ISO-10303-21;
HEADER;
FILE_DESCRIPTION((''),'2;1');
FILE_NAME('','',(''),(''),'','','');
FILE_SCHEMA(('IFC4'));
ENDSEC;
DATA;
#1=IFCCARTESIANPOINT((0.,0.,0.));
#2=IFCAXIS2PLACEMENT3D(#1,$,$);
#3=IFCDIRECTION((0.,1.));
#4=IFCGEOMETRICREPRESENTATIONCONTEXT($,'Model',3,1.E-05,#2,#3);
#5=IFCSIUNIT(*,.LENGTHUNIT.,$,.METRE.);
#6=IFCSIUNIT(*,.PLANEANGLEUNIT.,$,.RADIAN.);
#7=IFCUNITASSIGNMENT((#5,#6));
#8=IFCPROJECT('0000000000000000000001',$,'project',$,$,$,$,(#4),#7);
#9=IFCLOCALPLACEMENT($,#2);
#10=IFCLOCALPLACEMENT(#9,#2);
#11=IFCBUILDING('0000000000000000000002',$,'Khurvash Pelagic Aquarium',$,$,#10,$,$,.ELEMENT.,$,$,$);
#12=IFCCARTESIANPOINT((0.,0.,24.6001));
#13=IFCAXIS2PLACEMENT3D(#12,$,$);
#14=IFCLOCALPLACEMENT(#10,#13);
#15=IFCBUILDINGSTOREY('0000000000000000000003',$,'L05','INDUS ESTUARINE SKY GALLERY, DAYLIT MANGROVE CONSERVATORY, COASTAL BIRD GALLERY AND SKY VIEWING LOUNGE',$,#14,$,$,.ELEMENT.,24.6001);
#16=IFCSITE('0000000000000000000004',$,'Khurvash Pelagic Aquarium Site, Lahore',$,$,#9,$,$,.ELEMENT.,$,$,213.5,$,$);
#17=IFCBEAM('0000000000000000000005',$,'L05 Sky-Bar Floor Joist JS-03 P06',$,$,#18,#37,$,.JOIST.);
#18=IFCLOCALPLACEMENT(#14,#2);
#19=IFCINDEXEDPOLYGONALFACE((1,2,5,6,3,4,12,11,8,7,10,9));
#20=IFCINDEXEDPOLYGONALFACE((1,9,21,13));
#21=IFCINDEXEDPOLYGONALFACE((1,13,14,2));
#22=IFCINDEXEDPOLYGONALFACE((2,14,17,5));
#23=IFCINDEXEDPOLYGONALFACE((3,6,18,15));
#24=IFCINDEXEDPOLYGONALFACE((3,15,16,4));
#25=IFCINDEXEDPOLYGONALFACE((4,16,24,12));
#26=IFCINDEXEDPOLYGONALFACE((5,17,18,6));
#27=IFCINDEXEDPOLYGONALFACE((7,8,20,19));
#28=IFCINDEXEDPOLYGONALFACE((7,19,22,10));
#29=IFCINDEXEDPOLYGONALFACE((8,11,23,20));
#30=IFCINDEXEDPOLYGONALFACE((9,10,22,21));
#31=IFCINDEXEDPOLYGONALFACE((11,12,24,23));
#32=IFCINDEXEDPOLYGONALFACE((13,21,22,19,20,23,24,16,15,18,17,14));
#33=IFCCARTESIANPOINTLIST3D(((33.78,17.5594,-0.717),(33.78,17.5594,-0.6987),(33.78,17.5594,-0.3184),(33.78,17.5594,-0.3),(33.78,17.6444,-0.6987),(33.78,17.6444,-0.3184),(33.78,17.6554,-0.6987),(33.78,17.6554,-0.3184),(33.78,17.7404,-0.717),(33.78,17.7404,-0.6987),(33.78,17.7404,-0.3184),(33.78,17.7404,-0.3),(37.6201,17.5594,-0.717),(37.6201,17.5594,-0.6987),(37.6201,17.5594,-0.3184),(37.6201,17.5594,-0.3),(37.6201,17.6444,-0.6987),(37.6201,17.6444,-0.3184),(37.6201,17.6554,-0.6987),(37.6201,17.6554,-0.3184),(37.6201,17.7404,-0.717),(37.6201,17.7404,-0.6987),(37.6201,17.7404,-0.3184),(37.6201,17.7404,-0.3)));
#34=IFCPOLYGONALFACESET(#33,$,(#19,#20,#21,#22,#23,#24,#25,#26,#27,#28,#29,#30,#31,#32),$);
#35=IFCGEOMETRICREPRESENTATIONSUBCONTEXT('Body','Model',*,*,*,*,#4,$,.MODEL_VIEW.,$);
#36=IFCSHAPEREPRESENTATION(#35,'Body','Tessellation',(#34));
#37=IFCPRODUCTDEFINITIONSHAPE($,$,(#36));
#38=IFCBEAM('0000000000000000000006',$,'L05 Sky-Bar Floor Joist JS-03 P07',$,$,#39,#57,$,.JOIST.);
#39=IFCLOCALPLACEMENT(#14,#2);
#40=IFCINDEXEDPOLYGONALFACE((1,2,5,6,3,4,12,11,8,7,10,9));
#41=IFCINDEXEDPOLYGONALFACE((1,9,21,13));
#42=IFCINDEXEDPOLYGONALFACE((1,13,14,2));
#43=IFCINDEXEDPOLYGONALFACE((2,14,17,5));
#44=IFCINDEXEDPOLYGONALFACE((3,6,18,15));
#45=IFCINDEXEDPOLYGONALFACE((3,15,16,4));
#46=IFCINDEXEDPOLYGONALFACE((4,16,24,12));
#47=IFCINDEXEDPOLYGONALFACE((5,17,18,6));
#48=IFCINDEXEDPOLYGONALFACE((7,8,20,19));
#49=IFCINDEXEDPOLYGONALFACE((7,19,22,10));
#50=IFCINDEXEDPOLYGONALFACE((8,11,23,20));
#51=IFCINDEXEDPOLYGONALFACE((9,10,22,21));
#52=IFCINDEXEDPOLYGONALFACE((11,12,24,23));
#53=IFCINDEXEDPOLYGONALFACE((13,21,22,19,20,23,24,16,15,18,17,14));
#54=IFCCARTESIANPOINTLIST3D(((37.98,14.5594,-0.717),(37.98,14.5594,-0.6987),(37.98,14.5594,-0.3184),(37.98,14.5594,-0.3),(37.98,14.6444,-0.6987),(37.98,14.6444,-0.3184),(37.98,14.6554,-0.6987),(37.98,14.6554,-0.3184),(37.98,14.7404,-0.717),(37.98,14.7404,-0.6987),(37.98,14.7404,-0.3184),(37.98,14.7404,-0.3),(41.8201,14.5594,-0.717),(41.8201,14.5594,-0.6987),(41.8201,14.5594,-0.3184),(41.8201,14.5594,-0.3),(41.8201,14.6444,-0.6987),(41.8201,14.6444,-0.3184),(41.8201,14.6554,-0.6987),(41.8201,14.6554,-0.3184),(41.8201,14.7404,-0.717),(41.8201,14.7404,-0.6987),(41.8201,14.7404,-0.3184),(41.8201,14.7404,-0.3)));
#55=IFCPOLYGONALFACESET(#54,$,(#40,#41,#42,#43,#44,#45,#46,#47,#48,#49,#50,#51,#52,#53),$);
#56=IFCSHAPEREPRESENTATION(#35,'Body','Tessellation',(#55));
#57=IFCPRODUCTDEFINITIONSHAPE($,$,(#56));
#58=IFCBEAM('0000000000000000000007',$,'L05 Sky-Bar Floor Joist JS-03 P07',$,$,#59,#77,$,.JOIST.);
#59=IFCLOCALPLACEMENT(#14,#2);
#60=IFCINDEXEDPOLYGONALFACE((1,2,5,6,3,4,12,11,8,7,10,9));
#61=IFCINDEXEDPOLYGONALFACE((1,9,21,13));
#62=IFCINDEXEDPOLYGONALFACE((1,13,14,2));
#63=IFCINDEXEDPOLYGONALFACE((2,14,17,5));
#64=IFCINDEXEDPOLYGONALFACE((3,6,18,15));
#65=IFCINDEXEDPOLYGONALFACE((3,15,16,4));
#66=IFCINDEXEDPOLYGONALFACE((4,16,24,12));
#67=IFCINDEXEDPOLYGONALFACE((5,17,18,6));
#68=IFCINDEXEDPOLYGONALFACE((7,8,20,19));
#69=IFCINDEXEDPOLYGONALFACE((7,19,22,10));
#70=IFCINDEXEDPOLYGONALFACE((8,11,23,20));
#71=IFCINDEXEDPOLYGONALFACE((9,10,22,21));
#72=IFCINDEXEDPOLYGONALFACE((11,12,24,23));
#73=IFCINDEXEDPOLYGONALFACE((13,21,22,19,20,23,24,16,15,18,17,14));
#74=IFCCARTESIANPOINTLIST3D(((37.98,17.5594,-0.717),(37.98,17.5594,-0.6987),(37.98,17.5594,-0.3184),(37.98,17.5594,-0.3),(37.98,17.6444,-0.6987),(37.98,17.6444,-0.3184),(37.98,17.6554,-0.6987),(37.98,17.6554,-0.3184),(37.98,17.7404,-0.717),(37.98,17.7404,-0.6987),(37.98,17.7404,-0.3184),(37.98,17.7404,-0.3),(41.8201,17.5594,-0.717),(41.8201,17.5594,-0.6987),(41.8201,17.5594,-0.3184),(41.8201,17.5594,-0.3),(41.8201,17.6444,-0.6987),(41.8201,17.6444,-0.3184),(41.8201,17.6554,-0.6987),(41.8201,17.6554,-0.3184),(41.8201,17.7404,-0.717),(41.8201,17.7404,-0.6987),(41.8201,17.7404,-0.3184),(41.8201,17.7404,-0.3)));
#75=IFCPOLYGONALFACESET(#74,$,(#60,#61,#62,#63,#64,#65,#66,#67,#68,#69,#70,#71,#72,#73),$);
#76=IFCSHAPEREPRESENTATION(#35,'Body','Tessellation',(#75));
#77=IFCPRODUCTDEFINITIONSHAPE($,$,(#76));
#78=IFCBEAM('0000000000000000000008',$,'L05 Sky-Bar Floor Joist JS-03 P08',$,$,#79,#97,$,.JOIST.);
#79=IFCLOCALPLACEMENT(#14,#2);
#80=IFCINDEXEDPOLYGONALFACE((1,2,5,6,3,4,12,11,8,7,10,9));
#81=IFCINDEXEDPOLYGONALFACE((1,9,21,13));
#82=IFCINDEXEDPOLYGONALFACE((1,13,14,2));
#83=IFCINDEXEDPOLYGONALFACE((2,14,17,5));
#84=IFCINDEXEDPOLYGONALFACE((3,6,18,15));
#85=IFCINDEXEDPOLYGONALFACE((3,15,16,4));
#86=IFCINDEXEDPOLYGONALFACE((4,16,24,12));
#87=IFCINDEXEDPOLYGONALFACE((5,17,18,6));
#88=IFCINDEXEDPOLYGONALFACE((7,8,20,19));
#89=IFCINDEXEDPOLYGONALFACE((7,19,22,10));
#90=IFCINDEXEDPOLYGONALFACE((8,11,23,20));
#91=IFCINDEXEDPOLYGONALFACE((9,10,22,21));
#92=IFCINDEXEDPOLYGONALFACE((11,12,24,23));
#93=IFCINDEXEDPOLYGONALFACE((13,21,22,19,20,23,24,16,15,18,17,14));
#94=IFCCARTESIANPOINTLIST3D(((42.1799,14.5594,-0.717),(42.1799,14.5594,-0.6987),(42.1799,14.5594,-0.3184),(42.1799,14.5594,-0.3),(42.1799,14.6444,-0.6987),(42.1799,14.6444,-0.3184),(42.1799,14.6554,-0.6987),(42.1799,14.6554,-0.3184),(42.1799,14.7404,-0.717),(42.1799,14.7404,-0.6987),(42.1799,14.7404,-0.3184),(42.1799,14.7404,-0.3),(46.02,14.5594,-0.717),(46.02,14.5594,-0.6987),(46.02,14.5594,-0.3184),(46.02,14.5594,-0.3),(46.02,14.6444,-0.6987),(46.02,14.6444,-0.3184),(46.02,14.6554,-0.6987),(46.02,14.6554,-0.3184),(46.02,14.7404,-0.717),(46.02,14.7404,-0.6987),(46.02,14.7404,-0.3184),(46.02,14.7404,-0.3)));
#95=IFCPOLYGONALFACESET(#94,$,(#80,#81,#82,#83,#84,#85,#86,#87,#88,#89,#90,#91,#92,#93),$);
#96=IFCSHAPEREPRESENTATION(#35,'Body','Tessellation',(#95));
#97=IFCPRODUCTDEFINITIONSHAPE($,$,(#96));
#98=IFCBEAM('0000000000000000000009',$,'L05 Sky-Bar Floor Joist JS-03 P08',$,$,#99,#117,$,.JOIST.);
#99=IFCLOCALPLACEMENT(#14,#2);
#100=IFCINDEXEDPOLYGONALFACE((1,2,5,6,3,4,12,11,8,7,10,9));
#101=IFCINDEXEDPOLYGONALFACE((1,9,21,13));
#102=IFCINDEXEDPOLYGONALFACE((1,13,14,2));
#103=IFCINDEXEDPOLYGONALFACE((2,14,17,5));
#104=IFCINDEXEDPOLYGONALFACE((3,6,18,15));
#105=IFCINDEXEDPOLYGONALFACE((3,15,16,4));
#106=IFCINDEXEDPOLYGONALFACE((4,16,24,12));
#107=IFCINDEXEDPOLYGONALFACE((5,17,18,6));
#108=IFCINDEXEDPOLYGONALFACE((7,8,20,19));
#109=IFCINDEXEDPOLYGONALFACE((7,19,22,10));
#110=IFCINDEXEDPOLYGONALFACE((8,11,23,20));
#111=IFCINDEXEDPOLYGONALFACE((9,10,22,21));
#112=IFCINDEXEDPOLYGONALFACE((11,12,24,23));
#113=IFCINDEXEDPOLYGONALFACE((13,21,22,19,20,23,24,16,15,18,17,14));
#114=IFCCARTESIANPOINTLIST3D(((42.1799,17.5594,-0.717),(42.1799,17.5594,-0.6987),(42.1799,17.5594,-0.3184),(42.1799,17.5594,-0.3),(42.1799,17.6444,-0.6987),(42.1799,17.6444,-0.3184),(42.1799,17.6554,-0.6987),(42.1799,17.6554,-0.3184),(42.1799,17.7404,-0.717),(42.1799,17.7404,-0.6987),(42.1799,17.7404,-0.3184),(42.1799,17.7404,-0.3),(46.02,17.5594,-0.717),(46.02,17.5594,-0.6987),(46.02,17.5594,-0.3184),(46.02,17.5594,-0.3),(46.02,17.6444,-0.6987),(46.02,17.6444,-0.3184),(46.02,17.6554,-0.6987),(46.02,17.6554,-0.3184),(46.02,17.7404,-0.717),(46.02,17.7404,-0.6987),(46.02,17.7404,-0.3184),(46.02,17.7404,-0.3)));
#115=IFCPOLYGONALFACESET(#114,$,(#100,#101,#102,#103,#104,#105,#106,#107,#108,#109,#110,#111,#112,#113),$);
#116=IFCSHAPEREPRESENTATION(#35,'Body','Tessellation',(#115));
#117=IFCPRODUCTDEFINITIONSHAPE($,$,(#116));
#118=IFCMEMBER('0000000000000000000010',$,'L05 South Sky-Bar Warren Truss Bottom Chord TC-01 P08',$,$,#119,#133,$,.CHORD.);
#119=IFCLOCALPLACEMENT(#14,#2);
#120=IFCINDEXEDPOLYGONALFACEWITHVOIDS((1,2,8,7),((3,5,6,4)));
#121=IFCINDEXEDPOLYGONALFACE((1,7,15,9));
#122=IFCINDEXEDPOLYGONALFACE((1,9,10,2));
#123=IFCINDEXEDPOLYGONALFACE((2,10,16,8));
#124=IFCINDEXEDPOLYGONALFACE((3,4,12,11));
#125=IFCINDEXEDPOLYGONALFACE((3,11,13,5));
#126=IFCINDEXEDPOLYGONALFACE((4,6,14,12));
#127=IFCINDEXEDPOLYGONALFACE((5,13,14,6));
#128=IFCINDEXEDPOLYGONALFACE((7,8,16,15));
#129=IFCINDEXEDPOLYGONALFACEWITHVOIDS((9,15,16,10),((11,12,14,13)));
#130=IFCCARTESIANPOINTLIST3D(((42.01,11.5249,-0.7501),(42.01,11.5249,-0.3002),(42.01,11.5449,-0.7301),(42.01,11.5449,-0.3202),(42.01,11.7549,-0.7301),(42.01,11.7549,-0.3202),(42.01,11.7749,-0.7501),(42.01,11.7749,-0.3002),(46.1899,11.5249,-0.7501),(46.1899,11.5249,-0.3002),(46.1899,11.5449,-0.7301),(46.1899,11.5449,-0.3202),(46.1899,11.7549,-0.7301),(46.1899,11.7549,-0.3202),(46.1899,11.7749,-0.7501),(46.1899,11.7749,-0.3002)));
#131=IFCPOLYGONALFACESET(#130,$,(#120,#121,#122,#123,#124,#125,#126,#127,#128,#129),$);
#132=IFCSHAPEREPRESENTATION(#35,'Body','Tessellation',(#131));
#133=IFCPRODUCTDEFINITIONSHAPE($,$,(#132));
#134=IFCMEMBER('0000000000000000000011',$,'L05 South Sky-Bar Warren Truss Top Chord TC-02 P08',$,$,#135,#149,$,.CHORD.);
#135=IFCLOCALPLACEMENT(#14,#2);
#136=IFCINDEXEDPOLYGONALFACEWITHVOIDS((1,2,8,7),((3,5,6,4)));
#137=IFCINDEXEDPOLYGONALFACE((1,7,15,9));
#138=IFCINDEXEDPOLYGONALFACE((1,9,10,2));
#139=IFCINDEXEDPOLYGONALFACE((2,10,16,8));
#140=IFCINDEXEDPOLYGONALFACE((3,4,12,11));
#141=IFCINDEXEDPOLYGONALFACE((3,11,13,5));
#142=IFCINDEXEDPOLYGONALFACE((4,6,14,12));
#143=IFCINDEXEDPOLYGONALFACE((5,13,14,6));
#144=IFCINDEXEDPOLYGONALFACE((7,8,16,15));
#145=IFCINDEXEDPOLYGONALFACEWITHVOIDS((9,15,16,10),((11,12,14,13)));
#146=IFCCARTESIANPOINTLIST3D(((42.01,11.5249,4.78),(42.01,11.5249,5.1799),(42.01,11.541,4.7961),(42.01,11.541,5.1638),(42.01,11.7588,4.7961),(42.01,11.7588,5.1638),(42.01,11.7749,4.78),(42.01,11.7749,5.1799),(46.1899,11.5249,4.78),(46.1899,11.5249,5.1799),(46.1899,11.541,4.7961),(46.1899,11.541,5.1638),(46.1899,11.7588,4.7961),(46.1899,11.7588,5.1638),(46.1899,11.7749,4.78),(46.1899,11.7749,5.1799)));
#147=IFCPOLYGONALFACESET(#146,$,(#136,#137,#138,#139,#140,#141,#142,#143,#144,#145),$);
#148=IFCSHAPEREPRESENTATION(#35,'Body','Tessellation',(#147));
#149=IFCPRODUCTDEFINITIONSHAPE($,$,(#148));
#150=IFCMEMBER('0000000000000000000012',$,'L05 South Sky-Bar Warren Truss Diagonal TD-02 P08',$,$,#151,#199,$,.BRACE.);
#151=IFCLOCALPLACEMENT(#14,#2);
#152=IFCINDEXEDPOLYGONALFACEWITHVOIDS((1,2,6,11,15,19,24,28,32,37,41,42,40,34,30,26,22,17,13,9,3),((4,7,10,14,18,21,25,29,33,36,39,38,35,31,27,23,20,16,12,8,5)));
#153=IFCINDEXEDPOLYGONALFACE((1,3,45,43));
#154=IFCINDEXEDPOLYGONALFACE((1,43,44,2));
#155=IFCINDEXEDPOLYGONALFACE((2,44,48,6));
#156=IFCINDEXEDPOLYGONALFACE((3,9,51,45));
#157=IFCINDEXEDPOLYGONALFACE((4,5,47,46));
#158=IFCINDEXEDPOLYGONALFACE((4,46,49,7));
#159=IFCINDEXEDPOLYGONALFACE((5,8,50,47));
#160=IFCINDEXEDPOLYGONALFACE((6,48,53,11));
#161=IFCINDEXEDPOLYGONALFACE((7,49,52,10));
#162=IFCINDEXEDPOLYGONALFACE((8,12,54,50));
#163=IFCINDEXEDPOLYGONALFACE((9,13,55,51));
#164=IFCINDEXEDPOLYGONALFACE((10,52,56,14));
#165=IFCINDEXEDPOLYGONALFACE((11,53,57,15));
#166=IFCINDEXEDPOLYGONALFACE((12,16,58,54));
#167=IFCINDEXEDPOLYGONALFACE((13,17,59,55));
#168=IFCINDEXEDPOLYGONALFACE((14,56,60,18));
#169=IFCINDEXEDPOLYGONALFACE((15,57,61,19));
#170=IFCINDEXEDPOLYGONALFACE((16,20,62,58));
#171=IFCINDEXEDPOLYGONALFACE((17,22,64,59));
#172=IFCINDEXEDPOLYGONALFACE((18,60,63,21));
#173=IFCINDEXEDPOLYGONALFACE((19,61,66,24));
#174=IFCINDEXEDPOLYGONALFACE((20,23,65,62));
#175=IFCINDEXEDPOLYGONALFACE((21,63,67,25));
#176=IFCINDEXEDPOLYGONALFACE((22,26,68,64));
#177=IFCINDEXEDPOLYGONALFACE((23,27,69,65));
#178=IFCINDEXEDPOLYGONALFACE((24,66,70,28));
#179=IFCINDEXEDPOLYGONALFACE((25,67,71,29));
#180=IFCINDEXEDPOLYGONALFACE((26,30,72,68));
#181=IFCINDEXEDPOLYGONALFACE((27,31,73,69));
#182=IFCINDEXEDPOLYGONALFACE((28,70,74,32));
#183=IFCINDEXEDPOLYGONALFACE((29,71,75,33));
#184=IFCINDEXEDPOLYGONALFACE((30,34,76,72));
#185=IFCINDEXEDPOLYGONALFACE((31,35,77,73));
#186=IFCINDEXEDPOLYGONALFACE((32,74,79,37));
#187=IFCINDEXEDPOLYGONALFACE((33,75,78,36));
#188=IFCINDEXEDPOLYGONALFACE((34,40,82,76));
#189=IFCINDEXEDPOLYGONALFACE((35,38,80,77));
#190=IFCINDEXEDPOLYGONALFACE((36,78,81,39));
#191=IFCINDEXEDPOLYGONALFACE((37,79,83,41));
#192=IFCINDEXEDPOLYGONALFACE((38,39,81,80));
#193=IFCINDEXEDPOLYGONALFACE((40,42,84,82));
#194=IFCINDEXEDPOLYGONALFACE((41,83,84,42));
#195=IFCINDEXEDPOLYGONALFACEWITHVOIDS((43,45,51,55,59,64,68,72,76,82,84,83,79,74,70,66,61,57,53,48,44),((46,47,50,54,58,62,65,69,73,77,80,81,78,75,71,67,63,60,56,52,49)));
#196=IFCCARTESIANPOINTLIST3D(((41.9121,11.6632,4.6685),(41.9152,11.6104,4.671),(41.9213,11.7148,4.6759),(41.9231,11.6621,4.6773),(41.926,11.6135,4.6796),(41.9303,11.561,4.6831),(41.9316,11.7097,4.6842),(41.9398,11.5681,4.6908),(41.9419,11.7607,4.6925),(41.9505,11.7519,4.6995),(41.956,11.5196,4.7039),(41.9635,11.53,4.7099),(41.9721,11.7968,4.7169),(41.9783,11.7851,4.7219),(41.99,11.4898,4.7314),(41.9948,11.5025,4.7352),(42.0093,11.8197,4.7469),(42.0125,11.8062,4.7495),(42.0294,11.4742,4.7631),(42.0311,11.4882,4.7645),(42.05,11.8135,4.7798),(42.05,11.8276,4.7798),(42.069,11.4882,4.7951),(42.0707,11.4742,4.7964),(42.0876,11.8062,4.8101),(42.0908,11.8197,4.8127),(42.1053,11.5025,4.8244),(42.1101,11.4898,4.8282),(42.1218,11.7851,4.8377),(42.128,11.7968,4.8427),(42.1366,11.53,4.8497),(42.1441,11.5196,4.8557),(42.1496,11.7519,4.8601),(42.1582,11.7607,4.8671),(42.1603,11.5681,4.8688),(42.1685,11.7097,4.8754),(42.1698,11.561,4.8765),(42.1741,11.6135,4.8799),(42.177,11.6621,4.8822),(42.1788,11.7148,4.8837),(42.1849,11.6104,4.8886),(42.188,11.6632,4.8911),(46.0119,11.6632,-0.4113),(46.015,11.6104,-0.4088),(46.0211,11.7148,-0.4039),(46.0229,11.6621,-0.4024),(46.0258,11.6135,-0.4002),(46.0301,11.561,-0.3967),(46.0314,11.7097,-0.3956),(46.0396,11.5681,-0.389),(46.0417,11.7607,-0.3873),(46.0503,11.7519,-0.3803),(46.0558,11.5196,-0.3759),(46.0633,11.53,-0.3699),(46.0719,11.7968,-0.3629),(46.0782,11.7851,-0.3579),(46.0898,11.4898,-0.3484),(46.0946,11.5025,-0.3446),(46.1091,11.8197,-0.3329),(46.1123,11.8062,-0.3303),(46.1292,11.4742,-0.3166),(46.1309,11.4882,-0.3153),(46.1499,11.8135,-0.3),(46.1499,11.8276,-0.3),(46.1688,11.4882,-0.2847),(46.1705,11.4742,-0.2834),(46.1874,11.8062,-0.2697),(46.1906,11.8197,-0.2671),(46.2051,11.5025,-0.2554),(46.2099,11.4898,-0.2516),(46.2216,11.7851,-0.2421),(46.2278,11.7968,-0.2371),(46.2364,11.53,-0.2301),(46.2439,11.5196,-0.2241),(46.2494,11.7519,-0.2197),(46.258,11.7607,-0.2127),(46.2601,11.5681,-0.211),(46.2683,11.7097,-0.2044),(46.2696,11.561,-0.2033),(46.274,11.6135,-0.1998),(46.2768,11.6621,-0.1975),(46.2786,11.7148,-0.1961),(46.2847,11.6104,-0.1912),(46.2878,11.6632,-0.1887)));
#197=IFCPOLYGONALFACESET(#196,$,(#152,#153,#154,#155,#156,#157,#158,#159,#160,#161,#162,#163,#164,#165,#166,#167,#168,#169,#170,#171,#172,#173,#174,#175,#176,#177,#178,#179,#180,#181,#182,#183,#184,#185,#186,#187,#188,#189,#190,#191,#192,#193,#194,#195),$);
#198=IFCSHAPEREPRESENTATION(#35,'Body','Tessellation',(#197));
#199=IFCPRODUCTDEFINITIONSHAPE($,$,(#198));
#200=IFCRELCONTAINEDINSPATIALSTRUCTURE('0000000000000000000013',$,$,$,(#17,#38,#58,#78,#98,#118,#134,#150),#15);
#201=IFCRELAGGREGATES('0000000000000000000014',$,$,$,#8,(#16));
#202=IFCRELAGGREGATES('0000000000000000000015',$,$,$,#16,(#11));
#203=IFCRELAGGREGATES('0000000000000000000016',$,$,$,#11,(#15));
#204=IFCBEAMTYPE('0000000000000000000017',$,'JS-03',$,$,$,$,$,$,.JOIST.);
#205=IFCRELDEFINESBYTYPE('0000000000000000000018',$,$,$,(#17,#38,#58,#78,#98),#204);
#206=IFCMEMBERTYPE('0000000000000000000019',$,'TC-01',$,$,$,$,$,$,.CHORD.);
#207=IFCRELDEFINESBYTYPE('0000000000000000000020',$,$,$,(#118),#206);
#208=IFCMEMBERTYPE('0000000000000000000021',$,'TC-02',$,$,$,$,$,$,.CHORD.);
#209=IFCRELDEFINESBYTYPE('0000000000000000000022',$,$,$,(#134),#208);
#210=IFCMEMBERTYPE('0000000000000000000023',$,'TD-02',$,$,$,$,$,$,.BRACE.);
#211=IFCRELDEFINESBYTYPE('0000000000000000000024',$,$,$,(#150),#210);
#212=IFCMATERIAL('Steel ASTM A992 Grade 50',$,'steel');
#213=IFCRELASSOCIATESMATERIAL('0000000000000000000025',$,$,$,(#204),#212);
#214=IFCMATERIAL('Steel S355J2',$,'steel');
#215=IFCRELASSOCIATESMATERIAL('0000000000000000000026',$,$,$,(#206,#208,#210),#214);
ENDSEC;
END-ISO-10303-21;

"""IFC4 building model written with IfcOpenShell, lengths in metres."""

from ifc_helpers import new_model, si_unit, direction, frame, origin, origin_2d, place, context, subcontext, project, spatial, hollow_rectangle, hollow_circle, i_section, extrude, material, material_profile, profile_set, type_object, element, save


model = new_model("IFC4")

# Units and contexts
model_context = context("Model", 3, precision=1e-05, world=origin(), true_north=direction((0.0, 1.0)))
body_context = subcontext(model_context, "Body", "Model", "MODEL_VIEW")
ifc_project = project(units=[si_unit("LENGTHUNIT", "METRE"), si_unit("PLANEANGLEUNIT", "RADIAN")], contexts=[model_context])

# Site, building, storey
site_placement = place(None, origin())
site = spatial("IfcSite", under=ifc_project, at=site_placement, Name="Khurvash Pelagic Aquarium Site, Lahore", CompositionType="ELEMENT", RefElevation=213.5)
building_placement = place(site_placement, origin())
building = spatial("IfcBuilding", under=site, at=building_placement, Name="Khurvash Pelagic Aquarium", CompositionType="ELEMENT")
storey_placement = place(building_placement, frame((0.0, 0.0, 24.6001)))
storey = spatial("IfcBuildingStorey", under=building, at=storey_placement, Name="L05", Description="INDUS ESTUARINE SKY GALLERY, DAYLIT MANGROVE CONSERVATORY, COASTAL BIRD GALLERY AND SKY VIEWING LOUNGE", CompositionType="ELEMENT", Elevation=24.6001)

# Shared definitions
ifc_material_1 = material(Name="Steel ASTM A992 Grade 50", Category="steel")

# Beams
ifc_material_profile_1 = material_profile(ifc_material_1, i_section(OverallWidth=0.1809, OverallDepth=0.417, WebThickness=0.011, FlangeThickness=0.0183, at=origin_2d()), Name="W16X57")
ifc_profile_set_1 = profile_set([ifc_material_profile_1], Name="Steel ASTM A992 Grade 50")
beam_type_1 = type_object("IfcBeamType", Name="JS-03", PredefinedType="JOIST", material=ifc_profile_set_1)
for number, where, z_axis, x_axis, name in (
    (1, (33.78, 17.6499, -0.5085), (1.0, 0.0, 0.0), (0.0, 1.0, 0.0), "L05 Sky-Bar Floor Joist JS-03 P06"),
    (2, (37.98, 14.6499, -0.5085), (1.0, 0.0, 0.0), (0.0, 1.0, 0.0), "L05 Sky-Bar Floor Joist JS-03 P07"),
    (3, (37.98, 17.6499, -0.5085), (1.0, 0.0, 0.0), (0.0, 1.0, 0.0), "L05 Sky-Bar Floor Joist JS-03 P07"),
    (4, (42.1799, 14.6499, -0.5085), (1.0, 0.0, 0.0), (0.0, 1.0, 0.0), "L05 Sky-Bar Floor Joist JS-03 P08"),
    (5, (42.1799, 17.6499, -0.5085), (1.0, 0.0, 0.0), (0.0, 1.0, 0.0), "L05 Sky-Bar Floor Joist JS-03 P08"),
):
    element("IfcBeam", number, at=place(storey_placement, frame(where, z_axis=z_axis, x_axis=x_axis)), inside=storey, type_object=beam_type_1, Name=name, PredefinedType="JOIST", context=body_context, shape_type="SweptSolid", body=[
        extrude(i_section(OverallWidth=0.1809, OverallDepth=0.417, WebThickness=0.011, FlangeThickness=0.0183, at=origin_2d()), origin(), (0.0, 0.0, 1.0), 3.8401),
    ])

# Members
ifc_material_2 = material(Name="Steel S355J2", Category="steel")
ifc_material_profile_2 = material_profile(ifc_material_2, hollow_rectangle(XDim=0.25, YDim=0.45, WallThickness=0.02, at=origin_2d()), Name="RHS450X250X20")
ifc_profile_set_2 = profile_set([ifc_material_profile_2], Name="Steel S355J2")
member_type_1 = type_object("IfcMemberType", Name="TC-01", PredefinedType="CHORD", material=ifc_profile_set_2)
member_1_placement = place(storey_placement, frame((42.01, 11.6499, -0.5251), z_axis=(1.0, 0.0, 0.0), x_axis=(0.0, 1.0, 0.0)))
element("IfcMember", 6, at=member_1_placement, inside=storey, type_object=member_type_1, Name="L05 South Sky-Bar Warren Truss Bottom Chord TC-01 P08", PredefinedType="CHORD", context=body_context, shape_type="SweptSolid", body=[
    extrude(hollow_rectangle(XDim=0.25, YDim=0.45, WallThickness=0.02, at=origin_2d()), origin(), (0.0, 0.0, 1.0), 4.1799),
])
ifc_material_profile_3 = material_profile(ifc_material_2, hollow_rectangle(XDim=0.25, YDim=0.3999, WallThickness=0.0161, at=origin_2d()), Name="RHS400X250X16")
ifc_profile_set_3 = profile_set([ifc_material_profile_3], Name="Steel S355J2")
member_type_2 = type_object("IfcMemberType", Name="TC-02", PredefinedType="CHORD", material=ifc_profile_set_3)
member_2_placement = place(storey_placement, frame((42.01, 11.6499, 4.98), z_axis=(1.0, 0.0, 0.0), x_axis=(0.0, 1.0, 0.0)))
element("IfcMember", 7, at=member_2_placement, inside=storey, type_object=member_type_2, Name="L05 South Sky-Bar Warren Truss Top Chord TC-02 P08", PredefinedType="CHORD", context=body_context, shape_type="SweptSolid", body=[
    extrude(hollow_rectangle(XDim=0.25, YDim=0.3999, WallThickness=0.0161, at=origin_2d()), origin(), (0.0, 0.0, 1.0), 4.1799),
])
ifc_material_profile_4 = material_profile(ifc_material_2, hollow_circle(Radius=0.1777, WallThickness=0.0142, at=origin_2d()), Name="CHS355X14")
ifc_profile_set_4 = profile_set([ifc_material_profile_4], Name="Steel S355J2")
member_type_3 = type_object("IfcMemberType", Name="TD-02", PredefinedType="BRACE", material=ifc_profile_set_4)
member_3_placement = place(storey_placement, frame((42.05, 11.6499, 4.7798), z_axis=(0.628051, 0.0, -0.778172), x_axis=(0.0, 1.0, 0.0)))
element("IfcMember", 8, at=member_3_placement, inside=storey, type_object=member_type_3, Name="L05 South Sky-Bar Warren Truss Diagonal TD-02 P08", PredefinedType="BRACE", context=body_context, shape_type="SweptSolid", body=[
    extrude(hollow_circle(Radius=0.1777, WallThickness=0.0142, at=origin_2d()), origin(), (0.0, 0.0, 1.0), 6.5278),
])

save(model, "model.ifc")
